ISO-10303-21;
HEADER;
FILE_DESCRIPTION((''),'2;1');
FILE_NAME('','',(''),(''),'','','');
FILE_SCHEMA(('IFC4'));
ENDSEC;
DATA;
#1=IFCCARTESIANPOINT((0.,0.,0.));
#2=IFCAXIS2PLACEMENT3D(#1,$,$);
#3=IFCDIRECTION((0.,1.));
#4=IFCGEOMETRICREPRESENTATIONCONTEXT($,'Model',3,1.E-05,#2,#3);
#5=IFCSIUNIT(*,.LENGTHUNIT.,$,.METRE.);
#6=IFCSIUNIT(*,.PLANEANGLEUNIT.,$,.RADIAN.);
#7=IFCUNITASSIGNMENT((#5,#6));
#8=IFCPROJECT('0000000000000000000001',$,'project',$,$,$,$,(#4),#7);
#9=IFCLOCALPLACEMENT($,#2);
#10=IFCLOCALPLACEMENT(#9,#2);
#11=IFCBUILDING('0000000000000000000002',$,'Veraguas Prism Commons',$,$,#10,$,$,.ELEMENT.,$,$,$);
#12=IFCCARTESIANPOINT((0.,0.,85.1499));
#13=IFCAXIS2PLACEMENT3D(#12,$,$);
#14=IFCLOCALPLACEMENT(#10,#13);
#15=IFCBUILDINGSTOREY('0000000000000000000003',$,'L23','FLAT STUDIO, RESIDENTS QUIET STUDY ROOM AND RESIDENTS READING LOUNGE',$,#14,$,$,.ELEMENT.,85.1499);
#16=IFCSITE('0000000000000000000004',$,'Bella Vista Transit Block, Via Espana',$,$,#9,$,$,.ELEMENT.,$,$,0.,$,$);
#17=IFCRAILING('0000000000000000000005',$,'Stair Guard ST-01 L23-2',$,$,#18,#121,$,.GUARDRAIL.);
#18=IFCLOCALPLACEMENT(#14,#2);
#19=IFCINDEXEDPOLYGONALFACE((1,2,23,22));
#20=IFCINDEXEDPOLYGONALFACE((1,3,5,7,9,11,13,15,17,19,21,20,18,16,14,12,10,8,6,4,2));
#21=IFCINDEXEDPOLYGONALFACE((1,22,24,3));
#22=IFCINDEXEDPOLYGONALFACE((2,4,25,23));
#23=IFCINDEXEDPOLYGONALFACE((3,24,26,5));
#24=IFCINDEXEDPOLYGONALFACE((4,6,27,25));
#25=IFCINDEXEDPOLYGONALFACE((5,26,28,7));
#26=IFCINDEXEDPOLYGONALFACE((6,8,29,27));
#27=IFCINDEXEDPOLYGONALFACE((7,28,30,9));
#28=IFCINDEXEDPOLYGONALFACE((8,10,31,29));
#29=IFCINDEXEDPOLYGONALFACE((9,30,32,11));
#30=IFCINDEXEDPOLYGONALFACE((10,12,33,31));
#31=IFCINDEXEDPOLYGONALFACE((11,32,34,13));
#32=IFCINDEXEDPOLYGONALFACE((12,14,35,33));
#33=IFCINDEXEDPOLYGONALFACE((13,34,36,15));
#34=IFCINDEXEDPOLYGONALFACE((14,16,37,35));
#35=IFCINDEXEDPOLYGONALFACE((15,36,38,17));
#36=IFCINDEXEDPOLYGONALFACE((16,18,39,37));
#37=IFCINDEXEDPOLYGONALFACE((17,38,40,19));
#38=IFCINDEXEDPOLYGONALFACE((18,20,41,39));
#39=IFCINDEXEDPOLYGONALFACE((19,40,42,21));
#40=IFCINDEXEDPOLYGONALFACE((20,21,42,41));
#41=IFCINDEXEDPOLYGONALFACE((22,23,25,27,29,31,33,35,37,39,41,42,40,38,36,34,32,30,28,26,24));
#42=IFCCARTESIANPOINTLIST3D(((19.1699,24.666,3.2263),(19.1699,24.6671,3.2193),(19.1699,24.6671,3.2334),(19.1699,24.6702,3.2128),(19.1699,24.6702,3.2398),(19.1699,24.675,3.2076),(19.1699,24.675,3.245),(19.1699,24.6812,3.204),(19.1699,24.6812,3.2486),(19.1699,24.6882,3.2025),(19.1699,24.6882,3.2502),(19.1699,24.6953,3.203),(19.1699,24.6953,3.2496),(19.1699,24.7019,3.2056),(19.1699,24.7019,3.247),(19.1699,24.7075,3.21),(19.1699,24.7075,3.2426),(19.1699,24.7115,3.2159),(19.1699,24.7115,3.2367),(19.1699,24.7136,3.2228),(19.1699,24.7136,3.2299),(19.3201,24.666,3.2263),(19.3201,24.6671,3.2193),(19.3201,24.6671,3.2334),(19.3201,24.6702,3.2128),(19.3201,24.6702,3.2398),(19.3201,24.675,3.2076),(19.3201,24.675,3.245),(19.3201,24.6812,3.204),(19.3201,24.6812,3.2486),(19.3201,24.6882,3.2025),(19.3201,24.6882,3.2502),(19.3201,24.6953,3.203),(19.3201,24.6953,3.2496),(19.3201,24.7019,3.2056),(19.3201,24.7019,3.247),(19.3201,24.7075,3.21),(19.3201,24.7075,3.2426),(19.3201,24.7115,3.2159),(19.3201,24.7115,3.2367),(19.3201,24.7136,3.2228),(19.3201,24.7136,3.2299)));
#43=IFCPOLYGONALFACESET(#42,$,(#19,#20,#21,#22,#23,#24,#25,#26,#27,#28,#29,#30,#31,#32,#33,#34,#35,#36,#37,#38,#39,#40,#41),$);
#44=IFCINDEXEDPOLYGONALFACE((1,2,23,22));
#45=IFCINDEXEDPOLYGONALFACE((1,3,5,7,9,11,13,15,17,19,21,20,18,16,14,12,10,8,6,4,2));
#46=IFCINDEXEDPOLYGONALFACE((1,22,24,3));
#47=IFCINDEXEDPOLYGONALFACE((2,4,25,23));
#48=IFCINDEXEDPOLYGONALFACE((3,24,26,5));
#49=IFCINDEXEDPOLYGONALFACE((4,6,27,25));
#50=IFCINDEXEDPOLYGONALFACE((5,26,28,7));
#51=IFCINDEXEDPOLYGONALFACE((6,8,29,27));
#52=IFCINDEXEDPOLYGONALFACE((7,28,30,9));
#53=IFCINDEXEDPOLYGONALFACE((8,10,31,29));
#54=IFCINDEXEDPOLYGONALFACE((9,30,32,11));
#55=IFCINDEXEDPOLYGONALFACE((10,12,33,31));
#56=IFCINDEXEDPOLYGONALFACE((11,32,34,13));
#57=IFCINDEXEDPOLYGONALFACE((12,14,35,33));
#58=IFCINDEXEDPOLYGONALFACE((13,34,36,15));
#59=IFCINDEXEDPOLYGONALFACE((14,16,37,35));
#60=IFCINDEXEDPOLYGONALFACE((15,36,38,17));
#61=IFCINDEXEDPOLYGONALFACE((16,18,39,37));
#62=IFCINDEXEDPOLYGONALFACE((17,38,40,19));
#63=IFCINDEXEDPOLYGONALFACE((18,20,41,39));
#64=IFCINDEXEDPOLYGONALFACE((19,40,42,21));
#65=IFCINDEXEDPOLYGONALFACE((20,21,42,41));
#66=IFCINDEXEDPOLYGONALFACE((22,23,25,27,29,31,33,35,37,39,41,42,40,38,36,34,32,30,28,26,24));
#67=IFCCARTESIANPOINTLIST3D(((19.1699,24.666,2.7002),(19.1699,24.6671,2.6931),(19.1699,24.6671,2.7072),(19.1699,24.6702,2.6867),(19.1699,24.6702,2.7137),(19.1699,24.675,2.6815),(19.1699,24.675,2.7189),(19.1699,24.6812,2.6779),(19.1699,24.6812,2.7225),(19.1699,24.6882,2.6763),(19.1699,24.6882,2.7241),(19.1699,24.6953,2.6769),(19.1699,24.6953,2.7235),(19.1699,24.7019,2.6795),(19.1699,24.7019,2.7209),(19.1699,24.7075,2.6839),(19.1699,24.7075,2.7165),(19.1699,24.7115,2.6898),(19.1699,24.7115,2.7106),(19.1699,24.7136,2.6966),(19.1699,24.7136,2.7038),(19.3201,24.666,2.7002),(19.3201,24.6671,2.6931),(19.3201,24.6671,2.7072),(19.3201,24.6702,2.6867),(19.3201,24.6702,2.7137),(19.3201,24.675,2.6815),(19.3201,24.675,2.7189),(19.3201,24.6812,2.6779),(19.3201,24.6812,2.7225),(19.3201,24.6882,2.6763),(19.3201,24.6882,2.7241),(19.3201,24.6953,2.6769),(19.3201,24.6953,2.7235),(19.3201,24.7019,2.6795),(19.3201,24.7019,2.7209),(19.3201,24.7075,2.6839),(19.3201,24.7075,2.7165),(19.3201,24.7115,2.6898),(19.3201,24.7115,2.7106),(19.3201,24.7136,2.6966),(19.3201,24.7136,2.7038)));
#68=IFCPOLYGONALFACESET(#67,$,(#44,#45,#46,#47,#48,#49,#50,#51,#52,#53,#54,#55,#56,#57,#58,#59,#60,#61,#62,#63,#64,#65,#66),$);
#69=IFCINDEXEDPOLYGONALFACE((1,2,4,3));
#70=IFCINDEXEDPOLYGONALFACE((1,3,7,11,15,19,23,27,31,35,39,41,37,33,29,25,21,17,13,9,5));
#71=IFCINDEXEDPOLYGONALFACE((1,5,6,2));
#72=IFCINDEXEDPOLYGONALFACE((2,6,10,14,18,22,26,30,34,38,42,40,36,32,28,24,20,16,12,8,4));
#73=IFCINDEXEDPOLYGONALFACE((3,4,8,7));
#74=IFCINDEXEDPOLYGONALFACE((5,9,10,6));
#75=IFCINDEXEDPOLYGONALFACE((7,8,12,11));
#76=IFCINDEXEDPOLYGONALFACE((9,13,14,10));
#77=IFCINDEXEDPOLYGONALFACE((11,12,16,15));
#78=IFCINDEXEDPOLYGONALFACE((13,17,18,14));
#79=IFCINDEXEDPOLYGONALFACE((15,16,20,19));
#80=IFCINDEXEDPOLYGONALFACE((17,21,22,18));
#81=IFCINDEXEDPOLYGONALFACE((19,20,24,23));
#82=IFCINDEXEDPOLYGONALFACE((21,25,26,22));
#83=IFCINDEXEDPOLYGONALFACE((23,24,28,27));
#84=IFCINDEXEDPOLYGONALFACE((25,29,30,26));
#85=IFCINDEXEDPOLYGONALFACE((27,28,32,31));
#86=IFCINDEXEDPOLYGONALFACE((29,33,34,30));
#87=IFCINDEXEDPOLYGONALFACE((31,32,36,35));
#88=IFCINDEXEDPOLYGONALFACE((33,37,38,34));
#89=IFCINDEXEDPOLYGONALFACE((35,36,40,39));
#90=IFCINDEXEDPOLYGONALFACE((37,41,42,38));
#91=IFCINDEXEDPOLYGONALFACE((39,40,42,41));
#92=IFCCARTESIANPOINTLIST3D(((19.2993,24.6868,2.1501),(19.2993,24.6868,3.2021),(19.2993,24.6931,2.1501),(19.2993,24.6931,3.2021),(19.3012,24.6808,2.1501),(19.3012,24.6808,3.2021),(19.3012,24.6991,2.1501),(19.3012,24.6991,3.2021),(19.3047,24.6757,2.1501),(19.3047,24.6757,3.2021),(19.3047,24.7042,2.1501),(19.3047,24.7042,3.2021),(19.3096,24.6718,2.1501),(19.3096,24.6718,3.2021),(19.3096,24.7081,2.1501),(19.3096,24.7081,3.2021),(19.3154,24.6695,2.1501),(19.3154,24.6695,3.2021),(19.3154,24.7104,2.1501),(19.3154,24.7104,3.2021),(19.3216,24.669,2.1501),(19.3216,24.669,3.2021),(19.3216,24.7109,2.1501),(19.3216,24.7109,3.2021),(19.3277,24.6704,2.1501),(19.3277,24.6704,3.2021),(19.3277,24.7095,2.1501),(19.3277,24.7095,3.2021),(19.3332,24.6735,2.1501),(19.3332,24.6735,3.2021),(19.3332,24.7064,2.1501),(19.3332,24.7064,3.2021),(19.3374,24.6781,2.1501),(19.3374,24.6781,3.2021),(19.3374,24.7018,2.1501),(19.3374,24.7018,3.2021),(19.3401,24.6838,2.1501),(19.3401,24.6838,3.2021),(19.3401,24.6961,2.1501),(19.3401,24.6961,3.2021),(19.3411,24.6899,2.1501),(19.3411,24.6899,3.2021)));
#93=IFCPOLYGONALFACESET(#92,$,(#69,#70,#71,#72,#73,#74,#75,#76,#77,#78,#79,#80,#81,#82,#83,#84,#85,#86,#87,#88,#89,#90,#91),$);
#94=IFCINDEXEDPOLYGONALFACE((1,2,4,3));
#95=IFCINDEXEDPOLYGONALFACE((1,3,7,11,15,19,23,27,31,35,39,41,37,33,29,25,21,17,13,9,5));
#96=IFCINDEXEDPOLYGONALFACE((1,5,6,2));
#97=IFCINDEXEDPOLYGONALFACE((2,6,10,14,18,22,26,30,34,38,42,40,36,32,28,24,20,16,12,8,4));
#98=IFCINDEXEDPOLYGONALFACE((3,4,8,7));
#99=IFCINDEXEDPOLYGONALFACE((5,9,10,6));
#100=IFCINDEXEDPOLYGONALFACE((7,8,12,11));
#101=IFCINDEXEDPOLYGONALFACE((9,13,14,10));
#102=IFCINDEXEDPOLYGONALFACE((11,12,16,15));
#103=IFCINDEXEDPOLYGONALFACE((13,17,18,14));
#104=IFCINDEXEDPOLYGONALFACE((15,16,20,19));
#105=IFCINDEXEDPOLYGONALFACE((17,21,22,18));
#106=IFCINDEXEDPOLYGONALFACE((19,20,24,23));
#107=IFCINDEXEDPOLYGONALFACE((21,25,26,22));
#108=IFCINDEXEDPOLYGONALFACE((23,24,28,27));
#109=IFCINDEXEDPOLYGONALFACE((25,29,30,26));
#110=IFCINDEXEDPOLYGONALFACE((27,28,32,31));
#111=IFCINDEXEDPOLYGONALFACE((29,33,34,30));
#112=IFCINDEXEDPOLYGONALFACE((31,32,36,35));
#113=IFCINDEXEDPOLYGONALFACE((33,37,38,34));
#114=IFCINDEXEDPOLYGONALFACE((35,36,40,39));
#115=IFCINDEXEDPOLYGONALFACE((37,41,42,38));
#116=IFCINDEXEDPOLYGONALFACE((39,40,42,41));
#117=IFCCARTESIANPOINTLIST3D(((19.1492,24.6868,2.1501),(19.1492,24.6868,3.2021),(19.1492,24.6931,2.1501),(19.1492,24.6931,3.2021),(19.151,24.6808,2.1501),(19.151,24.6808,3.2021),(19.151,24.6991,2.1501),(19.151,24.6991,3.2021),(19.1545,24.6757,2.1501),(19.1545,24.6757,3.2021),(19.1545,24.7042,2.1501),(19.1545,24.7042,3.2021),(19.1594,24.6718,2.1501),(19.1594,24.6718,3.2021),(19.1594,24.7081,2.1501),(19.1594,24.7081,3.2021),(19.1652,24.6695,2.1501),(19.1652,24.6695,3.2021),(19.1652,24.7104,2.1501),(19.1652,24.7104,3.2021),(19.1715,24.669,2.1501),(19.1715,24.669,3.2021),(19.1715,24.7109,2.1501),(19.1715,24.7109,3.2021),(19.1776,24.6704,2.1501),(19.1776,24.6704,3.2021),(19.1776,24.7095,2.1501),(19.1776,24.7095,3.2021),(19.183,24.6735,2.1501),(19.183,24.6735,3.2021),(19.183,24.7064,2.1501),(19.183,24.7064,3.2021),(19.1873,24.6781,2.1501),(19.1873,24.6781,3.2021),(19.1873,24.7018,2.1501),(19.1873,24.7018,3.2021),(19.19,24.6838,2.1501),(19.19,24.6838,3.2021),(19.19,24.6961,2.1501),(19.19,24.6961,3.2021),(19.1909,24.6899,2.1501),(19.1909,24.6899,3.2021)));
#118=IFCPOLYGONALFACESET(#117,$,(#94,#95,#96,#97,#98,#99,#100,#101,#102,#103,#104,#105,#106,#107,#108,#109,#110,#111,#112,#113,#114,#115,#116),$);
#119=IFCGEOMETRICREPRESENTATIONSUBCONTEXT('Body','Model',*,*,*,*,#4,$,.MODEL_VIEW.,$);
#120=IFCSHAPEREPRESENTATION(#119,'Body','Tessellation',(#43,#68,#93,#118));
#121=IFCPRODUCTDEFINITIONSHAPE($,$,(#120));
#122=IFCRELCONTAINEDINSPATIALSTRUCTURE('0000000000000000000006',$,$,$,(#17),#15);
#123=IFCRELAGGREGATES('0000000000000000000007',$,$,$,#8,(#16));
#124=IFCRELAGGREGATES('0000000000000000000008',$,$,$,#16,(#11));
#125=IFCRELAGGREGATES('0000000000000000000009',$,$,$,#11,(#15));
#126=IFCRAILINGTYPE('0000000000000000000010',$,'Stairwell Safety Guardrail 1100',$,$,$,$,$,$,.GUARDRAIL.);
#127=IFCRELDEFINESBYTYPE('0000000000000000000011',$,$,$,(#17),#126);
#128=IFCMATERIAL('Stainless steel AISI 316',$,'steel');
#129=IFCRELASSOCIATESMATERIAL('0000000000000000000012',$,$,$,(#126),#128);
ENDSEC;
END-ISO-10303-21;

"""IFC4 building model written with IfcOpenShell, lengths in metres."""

from ifc_helpers import new_model, si_unit, direction, frame, origin, origin_2d, place, context, subcontext, project, spatial, circle, extrude, material, type_object, element, save


model = new_model("IFC4")

# Units and contexts
model_context = context("Model", 3, precision=1e-05, world=origin(), true_north=direction((0.0, 1.0)))
body_context = subcontext(model_context, "Body", "Model", "MODEL_VIEW")
ifc_project = project(units=[si_unit("LENGTHUNIT", "METRE"), si_unit("PLANEANGLEUNIT", "RADIAN")], contexts=[model_context])

# Site, building, storey
site_placement = place(None, origin())
site = spatial("IfcSite", under=ifc_project, at=site_placement, Name="Bella Vista Transit Block, Via Espana", CompositionType="ELEMENT", RefElevation=0.0)
building_placement = place(site_placement, origin())
building = spatial("IfcBuilding", under=site, at=building_placement, Name="Veraguas Prism Commons", CompositionType="ELEMENT")
storey_placement = place(building_placement, frame((0.0, 0.0, 85.1499)))
storey = spatial("IfcBuildingStorey", under=building, at=storey_placement, Name="L23", Description="FLAT STUDIO, RESIDENTS QUIET STUDY ROOM AND RESIDENTS READING LOUNGE", CompositionType="ELEMENT", Elevation=85.1499)

# Shared definitions
ifc_material_1 = material(Name="Stainless steel AISI 316", Category="steel")

# Railing
railing_type_1 = type_object("IfcRailingType", Name="Stairwell Safety Guardrail 1100", PredefinedType="GUARDRAIL", material=ifc_material_1)
railing_1_placement = place(storey_placement, frame((19.3201, 24.6899, 2.1501)))
element("IfcRailing", 1, at=railing_1_placement, inside=storey, type_object=railing_type_1, Name="Stair Guard ST-01 L23-2", PredefinedType="GUARDRAIL", context=body_context, shape_type="SweptSolid", body=[
    extrude(circle(Radius=0.0239, at=origin_2d()), frame((0.0, 0.0, 1.0762), z_axis=(-1.0, 0.0, 0.0), x_axis=(0.0, -1.0, 0.0)), (0.0, 0.0, 1.0), 0.1501),
    extrude(circle(Radius=0.0239, at=origin_2d()), frame((0.0, 0.0, 0.55), z_axis=(-1.0, 0.0, 0.0), x_axis=(0.0, -1.0, 0.0)), (0.0, 0.0, 1.0), 0.1501),
    extrude(circle(Radius=0.021, at=origin_2d()), origin(), (0.0, 0.0, 1.0), 1.052),
    extrude(circle(Radius=0.021, at=origin_2d()), frame((-0.1501, 0.0, 0.0)), (0.0, 0.0, 1.0), 1.052),
])

save(model, "model.ifc")
